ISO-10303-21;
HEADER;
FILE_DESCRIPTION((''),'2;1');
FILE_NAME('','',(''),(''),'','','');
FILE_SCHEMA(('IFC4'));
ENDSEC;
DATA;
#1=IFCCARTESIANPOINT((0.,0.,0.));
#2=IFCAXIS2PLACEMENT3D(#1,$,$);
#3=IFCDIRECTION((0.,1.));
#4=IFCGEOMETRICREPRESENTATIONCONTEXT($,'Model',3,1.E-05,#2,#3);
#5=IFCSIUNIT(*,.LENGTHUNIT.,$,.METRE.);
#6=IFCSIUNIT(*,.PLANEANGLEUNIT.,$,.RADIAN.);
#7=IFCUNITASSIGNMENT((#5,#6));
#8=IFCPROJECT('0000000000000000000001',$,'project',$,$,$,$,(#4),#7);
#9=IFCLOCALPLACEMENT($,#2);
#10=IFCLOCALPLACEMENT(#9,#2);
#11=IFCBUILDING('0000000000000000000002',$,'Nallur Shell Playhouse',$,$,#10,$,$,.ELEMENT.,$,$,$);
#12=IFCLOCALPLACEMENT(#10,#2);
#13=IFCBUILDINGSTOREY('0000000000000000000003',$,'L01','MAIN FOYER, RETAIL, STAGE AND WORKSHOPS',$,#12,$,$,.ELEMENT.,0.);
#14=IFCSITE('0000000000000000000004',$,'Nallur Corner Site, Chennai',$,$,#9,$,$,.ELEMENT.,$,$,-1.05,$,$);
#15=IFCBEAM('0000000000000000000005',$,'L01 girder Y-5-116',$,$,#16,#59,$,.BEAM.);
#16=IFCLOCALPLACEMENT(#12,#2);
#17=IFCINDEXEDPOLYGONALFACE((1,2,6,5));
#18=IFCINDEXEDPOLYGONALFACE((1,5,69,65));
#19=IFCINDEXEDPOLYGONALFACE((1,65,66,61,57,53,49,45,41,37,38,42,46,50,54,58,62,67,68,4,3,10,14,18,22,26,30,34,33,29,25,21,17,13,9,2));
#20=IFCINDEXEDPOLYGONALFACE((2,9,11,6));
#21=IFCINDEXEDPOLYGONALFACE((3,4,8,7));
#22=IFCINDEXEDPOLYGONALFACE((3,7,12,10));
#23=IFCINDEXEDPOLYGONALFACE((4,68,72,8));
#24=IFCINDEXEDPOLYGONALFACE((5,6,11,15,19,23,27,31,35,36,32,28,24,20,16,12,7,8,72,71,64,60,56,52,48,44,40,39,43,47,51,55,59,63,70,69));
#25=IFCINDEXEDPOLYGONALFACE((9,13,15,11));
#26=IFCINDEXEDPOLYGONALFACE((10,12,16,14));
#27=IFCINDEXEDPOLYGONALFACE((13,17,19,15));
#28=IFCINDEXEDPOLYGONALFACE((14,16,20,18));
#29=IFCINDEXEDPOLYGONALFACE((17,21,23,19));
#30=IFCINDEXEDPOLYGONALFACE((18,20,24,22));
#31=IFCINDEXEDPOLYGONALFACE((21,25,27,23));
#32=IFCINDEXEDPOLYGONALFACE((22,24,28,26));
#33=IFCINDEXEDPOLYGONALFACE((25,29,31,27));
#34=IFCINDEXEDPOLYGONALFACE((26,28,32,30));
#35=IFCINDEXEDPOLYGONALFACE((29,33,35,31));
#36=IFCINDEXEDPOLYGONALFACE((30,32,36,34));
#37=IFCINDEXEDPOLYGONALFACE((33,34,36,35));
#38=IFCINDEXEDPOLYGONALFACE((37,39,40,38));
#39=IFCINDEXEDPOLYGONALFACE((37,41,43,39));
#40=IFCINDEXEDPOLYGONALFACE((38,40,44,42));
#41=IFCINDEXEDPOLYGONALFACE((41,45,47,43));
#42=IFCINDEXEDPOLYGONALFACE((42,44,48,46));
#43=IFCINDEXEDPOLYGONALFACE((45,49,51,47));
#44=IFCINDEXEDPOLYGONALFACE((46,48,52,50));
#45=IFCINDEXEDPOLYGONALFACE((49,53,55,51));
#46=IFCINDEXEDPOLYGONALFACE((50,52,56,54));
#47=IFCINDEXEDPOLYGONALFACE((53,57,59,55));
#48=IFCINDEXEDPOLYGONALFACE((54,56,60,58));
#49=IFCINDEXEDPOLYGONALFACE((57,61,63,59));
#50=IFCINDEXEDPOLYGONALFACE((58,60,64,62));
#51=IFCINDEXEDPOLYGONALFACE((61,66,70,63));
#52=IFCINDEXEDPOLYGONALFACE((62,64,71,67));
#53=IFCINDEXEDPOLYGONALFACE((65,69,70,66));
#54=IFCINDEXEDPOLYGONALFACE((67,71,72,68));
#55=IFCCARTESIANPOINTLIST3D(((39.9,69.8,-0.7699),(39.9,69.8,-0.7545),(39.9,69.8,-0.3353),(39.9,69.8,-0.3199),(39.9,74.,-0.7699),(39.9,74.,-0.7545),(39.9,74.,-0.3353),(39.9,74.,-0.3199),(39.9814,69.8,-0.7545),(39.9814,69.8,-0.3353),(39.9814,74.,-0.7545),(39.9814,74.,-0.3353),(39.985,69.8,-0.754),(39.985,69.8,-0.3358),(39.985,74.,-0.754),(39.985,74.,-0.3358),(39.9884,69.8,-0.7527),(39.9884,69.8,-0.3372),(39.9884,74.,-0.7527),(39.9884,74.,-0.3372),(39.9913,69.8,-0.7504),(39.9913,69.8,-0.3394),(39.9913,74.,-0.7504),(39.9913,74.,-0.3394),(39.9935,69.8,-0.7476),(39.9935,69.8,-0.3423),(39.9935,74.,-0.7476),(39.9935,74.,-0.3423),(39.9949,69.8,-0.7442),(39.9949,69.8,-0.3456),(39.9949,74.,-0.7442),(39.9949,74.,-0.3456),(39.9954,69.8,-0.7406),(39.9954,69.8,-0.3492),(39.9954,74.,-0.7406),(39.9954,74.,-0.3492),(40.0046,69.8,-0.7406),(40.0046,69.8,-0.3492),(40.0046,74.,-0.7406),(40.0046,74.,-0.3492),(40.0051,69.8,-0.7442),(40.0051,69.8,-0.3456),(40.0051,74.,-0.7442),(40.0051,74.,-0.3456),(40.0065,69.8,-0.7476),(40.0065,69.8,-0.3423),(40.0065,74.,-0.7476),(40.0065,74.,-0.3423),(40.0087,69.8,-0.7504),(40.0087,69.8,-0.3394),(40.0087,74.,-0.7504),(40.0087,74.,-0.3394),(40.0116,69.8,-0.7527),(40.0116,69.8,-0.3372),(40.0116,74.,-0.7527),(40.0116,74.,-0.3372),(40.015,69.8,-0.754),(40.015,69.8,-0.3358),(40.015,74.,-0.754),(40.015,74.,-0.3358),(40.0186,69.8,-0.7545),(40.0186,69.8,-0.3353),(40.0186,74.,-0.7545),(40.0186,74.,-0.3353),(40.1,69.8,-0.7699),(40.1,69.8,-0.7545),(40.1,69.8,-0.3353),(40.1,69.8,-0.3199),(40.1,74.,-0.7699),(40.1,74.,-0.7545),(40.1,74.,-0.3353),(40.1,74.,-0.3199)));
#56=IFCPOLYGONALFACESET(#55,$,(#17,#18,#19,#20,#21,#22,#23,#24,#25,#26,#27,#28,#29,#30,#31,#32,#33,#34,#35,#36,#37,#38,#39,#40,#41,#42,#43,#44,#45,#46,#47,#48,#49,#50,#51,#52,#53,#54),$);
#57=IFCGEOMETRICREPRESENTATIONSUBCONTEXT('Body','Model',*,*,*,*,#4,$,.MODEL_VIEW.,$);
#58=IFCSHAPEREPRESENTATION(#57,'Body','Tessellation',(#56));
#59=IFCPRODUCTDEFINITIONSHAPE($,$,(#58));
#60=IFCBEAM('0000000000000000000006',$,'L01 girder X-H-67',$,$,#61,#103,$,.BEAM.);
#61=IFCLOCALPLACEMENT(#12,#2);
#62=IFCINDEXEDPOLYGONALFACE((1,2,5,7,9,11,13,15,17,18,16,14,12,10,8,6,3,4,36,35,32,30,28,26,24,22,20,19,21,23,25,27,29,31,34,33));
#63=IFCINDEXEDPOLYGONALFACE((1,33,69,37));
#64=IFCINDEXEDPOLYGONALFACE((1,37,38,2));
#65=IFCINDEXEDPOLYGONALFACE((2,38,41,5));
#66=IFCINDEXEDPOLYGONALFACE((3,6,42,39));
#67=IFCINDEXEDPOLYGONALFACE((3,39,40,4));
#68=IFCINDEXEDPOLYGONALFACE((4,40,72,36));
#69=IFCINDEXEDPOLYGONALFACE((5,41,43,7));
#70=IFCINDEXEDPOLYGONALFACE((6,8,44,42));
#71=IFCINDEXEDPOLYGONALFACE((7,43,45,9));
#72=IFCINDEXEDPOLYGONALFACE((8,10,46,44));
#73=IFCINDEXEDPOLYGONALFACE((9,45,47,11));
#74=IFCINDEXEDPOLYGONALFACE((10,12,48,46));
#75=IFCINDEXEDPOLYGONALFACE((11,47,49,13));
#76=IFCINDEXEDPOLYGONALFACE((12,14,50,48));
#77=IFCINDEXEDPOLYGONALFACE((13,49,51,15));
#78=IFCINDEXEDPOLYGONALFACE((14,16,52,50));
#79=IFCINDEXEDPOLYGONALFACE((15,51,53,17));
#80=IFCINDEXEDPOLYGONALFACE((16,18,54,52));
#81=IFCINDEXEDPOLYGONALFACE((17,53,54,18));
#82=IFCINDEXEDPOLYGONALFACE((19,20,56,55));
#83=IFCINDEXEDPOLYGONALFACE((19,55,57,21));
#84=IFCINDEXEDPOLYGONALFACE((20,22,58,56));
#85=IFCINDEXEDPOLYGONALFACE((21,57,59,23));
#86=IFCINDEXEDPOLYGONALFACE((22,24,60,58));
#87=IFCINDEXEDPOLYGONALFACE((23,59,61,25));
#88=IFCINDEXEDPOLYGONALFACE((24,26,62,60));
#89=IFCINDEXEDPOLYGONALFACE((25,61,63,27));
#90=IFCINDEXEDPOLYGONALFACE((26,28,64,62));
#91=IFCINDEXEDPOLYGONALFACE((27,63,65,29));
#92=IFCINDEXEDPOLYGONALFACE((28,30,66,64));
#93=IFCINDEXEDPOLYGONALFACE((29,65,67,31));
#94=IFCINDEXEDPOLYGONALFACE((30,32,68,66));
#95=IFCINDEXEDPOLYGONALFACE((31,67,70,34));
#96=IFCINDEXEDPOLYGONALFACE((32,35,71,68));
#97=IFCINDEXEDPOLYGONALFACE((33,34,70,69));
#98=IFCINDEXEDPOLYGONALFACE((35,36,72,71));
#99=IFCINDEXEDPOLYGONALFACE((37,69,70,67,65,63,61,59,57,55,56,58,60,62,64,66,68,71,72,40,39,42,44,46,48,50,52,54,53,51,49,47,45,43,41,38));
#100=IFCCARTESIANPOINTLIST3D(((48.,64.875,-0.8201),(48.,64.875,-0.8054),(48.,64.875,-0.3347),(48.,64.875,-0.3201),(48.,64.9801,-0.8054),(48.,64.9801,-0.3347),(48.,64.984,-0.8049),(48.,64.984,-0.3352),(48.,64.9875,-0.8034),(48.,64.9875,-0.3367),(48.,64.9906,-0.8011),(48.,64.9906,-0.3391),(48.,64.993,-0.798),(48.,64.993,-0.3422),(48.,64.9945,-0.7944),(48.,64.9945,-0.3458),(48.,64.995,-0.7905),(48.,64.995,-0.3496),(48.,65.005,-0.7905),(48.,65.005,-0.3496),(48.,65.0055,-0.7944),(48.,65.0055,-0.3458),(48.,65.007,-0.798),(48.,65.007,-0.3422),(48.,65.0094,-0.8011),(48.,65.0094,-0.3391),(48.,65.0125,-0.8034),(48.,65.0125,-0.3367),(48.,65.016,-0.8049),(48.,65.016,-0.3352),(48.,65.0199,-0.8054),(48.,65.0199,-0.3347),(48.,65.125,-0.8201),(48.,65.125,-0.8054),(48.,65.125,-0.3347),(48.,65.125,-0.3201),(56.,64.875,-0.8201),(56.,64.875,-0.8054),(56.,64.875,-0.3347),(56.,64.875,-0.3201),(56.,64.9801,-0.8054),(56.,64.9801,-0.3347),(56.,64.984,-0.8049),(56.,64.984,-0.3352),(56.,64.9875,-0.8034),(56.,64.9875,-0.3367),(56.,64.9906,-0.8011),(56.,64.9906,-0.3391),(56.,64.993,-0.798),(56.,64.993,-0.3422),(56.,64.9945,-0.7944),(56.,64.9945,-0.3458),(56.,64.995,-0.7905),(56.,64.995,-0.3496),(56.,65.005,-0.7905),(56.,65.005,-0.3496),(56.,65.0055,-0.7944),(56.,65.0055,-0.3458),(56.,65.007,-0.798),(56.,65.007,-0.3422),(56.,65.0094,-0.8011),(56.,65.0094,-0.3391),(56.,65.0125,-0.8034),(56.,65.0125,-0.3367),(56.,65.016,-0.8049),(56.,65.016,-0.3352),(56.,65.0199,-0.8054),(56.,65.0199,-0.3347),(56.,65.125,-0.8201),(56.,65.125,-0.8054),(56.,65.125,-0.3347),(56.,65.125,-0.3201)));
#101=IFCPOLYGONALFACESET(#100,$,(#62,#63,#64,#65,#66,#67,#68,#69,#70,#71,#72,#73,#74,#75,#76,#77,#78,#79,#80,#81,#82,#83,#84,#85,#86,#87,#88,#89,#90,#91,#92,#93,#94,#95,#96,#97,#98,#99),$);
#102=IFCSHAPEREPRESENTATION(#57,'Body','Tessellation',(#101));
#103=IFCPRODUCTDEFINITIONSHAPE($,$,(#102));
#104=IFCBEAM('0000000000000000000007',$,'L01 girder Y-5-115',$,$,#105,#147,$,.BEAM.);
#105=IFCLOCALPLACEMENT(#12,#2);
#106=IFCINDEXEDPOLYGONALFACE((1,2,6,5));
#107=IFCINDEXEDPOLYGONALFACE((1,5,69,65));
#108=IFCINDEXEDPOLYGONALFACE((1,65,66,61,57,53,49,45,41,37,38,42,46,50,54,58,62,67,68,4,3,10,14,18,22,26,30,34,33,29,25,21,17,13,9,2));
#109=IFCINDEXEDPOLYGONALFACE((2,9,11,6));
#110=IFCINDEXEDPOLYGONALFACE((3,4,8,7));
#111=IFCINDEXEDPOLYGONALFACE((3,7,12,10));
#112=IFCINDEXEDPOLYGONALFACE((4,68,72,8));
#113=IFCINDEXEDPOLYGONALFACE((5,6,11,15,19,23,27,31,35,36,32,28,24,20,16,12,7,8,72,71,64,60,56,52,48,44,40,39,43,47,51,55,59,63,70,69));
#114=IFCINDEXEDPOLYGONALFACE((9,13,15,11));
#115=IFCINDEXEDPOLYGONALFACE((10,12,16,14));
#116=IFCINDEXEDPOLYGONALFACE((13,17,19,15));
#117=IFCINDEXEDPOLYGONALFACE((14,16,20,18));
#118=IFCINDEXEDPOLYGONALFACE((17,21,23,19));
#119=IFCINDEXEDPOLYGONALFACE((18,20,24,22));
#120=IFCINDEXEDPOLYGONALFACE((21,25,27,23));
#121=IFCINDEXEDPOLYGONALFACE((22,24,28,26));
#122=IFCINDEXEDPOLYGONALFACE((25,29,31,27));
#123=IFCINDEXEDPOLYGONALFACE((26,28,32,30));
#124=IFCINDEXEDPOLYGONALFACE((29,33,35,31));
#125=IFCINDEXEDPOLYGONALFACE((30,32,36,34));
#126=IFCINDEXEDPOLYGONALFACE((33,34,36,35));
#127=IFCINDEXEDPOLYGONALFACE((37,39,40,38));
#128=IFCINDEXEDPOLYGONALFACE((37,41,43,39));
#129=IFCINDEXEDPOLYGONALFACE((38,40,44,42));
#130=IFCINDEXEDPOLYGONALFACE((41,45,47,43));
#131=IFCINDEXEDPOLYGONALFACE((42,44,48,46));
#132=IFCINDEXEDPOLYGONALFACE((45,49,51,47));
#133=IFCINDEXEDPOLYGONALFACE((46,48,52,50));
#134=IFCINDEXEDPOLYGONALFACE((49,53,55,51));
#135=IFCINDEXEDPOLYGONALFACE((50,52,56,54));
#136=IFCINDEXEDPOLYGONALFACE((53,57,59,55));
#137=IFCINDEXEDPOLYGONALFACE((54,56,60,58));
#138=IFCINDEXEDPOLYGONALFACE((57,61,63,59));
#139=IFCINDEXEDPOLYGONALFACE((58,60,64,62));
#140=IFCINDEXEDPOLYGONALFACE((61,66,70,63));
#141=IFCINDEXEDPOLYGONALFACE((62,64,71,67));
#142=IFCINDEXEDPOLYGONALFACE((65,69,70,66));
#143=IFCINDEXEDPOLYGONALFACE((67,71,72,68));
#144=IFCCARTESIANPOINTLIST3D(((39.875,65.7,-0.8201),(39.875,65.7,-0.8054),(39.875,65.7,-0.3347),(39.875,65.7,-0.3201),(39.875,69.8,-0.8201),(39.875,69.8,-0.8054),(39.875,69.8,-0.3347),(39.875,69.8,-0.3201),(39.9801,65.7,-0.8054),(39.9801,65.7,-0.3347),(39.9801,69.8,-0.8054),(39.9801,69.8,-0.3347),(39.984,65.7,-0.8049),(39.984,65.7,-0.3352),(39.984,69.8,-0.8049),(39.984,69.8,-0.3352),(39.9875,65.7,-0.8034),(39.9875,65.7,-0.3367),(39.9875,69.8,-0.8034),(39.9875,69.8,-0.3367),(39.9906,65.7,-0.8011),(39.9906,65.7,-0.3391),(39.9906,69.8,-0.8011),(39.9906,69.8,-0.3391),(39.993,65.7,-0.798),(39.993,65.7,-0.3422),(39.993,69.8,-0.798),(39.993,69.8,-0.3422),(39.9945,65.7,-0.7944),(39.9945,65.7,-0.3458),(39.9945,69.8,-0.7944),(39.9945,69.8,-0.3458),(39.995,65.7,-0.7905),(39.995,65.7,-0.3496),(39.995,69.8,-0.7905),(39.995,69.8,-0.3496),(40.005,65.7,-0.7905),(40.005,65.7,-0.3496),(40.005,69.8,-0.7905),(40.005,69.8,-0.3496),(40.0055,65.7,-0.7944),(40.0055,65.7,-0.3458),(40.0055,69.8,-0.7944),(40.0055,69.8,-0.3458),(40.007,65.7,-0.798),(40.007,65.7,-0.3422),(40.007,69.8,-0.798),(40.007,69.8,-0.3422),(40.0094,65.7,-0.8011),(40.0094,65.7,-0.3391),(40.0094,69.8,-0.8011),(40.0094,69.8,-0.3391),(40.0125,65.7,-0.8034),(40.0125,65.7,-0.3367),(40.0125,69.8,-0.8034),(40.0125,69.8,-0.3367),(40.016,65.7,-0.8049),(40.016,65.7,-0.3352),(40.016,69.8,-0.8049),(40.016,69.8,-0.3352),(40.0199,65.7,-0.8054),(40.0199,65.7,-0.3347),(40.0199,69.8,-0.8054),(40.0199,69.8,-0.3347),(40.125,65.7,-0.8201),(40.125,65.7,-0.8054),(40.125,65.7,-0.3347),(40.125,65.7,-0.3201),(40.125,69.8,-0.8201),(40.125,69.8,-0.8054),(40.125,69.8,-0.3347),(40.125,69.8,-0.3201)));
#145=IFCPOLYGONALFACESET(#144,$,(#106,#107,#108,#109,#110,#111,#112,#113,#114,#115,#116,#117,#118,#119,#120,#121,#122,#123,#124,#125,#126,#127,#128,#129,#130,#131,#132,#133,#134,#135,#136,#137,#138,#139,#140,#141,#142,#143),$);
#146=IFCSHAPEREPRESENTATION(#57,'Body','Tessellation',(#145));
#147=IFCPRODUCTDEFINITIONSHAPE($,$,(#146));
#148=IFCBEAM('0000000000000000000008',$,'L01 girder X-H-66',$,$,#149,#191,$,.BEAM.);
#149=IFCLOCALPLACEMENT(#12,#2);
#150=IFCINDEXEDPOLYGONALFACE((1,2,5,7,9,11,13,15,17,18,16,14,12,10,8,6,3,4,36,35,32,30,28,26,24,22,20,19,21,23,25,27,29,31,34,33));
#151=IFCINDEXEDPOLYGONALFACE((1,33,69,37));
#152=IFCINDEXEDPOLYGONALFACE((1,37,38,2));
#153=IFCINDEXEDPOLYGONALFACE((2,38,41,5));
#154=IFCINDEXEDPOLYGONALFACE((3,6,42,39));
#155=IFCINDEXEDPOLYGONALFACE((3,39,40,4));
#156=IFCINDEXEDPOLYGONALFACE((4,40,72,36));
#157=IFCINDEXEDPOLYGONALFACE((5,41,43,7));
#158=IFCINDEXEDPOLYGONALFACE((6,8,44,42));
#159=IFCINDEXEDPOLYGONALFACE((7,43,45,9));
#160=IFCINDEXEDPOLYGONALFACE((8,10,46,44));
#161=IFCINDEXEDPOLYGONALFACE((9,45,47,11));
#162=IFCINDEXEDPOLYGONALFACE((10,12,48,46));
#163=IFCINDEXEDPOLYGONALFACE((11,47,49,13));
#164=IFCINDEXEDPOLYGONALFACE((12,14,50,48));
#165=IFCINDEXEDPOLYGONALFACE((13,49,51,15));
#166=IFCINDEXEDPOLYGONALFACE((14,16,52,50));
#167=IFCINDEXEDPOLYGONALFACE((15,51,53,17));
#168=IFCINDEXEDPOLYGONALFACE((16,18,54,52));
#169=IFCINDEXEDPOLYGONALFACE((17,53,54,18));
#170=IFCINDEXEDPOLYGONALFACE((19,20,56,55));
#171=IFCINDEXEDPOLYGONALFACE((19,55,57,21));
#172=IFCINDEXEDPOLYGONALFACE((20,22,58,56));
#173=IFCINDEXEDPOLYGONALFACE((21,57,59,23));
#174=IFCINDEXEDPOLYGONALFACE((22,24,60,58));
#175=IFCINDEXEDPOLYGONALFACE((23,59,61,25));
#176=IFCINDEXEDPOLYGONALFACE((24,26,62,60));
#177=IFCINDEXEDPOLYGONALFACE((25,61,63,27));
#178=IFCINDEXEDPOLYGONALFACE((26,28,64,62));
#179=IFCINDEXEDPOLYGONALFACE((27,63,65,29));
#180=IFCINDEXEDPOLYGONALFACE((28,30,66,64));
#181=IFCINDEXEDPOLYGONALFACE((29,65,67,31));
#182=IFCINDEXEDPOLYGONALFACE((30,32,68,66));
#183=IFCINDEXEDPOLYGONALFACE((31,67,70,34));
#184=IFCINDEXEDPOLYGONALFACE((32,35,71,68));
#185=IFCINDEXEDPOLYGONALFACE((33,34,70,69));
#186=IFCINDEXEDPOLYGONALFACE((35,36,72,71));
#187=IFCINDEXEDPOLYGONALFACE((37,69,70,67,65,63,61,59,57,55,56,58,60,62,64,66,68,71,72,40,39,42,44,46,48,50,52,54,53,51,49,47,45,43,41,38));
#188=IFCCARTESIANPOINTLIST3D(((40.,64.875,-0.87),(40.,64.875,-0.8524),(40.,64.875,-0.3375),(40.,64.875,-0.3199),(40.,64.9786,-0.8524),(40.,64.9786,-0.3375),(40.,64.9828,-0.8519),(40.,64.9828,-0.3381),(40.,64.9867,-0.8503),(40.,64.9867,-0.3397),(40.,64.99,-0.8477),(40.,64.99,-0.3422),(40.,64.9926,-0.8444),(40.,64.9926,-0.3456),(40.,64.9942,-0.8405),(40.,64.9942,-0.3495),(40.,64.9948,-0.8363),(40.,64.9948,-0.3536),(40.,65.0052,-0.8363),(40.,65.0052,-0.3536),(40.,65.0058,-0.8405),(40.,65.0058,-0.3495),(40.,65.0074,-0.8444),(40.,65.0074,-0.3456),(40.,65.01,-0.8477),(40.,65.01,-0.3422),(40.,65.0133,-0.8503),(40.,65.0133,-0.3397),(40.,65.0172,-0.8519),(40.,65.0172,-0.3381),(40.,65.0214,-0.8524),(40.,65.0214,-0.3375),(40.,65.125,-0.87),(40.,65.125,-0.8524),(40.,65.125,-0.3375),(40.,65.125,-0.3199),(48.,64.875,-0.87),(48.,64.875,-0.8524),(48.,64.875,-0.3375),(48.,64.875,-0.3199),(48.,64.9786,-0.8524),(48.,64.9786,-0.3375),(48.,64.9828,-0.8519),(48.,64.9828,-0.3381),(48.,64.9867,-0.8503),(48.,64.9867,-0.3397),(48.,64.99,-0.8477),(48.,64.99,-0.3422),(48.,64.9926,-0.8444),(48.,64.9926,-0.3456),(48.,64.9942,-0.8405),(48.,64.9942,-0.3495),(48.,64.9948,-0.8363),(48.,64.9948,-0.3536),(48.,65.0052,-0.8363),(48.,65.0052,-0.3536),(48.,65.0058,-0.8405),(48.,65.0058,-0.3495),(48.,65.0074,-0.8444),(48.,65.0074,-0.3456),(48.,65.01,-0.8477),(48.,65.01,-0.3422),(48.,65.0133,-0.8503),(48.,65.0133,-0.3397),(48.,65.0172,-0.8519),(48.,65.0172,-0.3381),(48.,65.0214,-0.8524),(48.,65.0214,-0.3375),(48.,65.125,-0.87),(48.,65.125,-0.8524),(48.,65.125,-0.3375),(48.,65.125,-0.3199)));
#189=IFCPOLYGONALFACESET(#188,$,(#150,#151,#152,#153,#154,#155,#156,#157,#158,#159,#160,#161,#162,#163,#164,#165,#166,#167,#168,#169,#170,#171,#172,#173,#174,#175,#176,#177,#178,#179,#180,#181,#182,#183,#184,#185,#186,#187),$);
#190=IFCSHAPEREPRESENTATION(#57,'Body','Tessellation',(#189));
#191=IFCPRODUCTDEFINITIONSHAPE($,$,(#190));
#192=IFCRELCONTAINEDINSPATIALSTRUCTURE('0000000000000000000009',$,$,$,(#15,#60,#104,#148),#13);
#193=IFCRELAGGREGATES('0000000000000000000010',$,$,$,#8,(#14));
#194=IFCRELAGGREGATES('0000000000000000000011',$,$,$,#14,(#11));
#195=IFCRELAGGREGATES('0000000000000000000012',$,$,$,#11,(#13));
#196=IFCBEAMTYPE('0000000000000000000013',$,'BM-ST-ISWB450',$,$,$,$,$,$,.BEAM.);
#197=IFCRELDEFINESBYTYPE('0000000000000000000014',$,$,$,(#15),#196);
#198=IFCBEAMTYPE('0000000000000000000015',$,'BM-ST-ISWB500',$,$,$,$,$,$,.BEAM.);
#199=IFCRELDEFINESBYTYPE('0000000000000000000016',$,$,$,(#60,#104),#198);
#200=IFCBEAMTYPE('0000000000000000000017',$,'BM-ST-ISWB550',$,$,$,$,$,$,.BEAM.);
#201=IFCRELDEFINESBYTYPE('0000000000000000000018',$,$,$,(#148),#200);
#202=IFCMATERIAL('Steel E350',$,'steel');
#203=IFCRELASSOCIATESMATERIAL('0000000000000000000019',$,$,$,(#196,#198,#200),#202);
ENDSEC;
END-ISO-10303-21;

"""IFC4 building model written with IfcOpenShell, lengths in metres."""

from ifc_helpers import new_model, si_unit, direction, frame, origin, origin_2d, place, context, subcontext, project, spatial, i_section, extrude, material, material_profile, profile_set, type_object, element, save


model = new_model("IFC4")

# Units and contexts
model_context = context("Model", 3, precision=1e-05, world=origin(), true_north=direction((0.0, 1.0)))
body_context = subcontext(model_context, "Body", "Model", "MODEL_VIEW")
ifc_project = project(units=[si_unit("LENGTHUNIT", "METRE"), si_unit("PLANEANGLEUNIT", "RADIAN")], contexts=[model_context])

# Site, building, storey
site_placement = place(None, origin())
site = spatial("IfcSite", under=ifc_project, at=site_placement, Name="Nallur Corner Site, Chennai", CompositionType="ELEMENT", RefElevation=-1.05)
building_placement = place(site_placement, origin())
building = spatial("IfcBuilding", under=site, at=building_placement, Name="Nallur Shell Playhouse", CompositionType="ELEMENT")
storey_placement = place(building_placement, origin())
storey = spatial("IfcBuildingStorey", under=building, at=storey_placement, Name="L01", Description="MAIN FOYER, RETAIL, STAGE AND WORKSHOPS", CompositionType="ELEMENT", Elevation=0.0)

# Shared definitions
ifc_material_1 = material(Name="Steel E350", Category="steel")

# Beams
ifc_material_profile_1 = material_profile(ifc_material_1, i_section(OverallWidth=0.2, OverallDepth=0.45, WebThickness=0.0093, FlangeThickness=0.0154, FilletRadius=0.0139, at=origin_2d()), Name="ISWB 450")
ifc_profile_set_1 = profile_set([ifc_material_profile_1], Name="Steel E350")
beam_type_1 = type_object("IfcBeamType", Name="BM-ST-ISWB450", PredefinedType="BEAM", material=ifc_profile_set_1)
beam_1_placement = place(storey_placement, frame((40.0, 69.8, -0.5449), z_axis=(0.0, 1.0, 0.0), x_axis=(-1.0, 0.0, 0.0)))
element("IfcBeam", 1, at=beam_1_placement, inside=storey, type_object=beam_type_1, Name="L01 girder Y-5-116", PredefinedType="BEAM", context=body_context, shape_type="SweptSolid", body=[
    extrude(i_section(OverallWidth=0.2, OverallDepth=0.45, WebThickness=0.0093, FlangeThickness=0.0154, FilletRadius=0.0139, at=origin_2d()), origin(), (0.0, 0.0, 1.0), 4.2),
])
ifc_material_profile_2 = material_profile(ifc_material_1, i_section(OverallWidth=0.25, OverallDepth=0.5, WebThickness=0.01, FlangeThickness=0.0146, FilletRadius=0.0149, at=origin_2d()), Name="ISWB 500")
ifc_profile_set_2 = profile_set([ifc_material_profile_2], Name="Steel E350")
beam_type_2 = type_object("IfcBeamType", Name="BM-ST-ISWB500", PredefinedType="BEAM", material=ifc_profile_set_2)
beam_2_placement = place(storey_placement, frame((48.0, 65.0, -0.5701), z_axis=(1.0, 0.0, 0.0), x_axis=(0.0, 1.0, 0.0)))
element("IfcBeam", 2, at=beam_2_placement, inside=storey, type_object=beam_type_2, Name="L01 girder X-H-67", PredefinedType="BEAM", context=body_context, shape_type="SweptSolid", body=[
    extrude(i_section(OverallWidth=0.25, OverallDepth=0.5, WebThickness=0.01, FlangeThickness=0.0146, FilletRadius=0.0149, at=origin_2d()), origin(), (0.0, 0.0, 1.0), 8.0),
])
beam_3_placement = place(storey_placement, frame((40.0, 65.7, -0.5701), z_axis=(0.0, 1.0, 0.0), x_axis=(-1.0, 0.0, 0.0)))
element("IfcBeam", 3, at=beam_3_placement, inside=storey, type_object=beam_type_2, Name="L01 girder Y-5-115", PredefinedType="BEAM", context=body_context, shape_type="SweptSolid", body=[
    extrude(i_section(OverallWidth=0.25, OverallDepth=0.5, WebThickness=0.01, FlangeThickness=0.0146, FilletRadius=0.0149, at=origin_2d()), origin(), (0.0, 0.0, 1.0), 4.1001),
])
ifc_material_profile_3 = material_profile(ifc_material_1, i_section(OverallWidth=0.25, OverallDepth=0.55, WebThickness=0.0105, FlangeThickness=0.0176, FilletRadius=0.0161, at=origin_2d()), Name="ISWB 550")
ifc_profile_set_3 = profile_set([ifc_material_profile_3], Name="Steel E350")
beam_type_3 = type_object("IfcBeamType", Name="BM-ST-ISWB550", PredefinedType="BEAM", material=ifc_profile_set_3)
beam_4_placement = place(storey_placement, frame((40.0, 65.0, -0.595), z_axis=(1.0, 0.0, 0.0), x_axis=(0.0, 1.0, 0.0)))
element("IfcBeam", 4, at=beam_4_placement, inside=storey, type_object=beam_type_3, Name="L01 girder X-H-66", PredefinedType="BEAM", context=body_context, shape_type="SweptSolid", body=[
    extrude(i_section(OverallWidth=0.25, OverallDepth=0.55, WebThickness=0.0105, FlangeThickness=0.0176, FilletRadius=0.0161, at=origin_2d()), origin(), (0.0, 0.0, 1.0), 8.0),
])

save(model, "model.ifc")
